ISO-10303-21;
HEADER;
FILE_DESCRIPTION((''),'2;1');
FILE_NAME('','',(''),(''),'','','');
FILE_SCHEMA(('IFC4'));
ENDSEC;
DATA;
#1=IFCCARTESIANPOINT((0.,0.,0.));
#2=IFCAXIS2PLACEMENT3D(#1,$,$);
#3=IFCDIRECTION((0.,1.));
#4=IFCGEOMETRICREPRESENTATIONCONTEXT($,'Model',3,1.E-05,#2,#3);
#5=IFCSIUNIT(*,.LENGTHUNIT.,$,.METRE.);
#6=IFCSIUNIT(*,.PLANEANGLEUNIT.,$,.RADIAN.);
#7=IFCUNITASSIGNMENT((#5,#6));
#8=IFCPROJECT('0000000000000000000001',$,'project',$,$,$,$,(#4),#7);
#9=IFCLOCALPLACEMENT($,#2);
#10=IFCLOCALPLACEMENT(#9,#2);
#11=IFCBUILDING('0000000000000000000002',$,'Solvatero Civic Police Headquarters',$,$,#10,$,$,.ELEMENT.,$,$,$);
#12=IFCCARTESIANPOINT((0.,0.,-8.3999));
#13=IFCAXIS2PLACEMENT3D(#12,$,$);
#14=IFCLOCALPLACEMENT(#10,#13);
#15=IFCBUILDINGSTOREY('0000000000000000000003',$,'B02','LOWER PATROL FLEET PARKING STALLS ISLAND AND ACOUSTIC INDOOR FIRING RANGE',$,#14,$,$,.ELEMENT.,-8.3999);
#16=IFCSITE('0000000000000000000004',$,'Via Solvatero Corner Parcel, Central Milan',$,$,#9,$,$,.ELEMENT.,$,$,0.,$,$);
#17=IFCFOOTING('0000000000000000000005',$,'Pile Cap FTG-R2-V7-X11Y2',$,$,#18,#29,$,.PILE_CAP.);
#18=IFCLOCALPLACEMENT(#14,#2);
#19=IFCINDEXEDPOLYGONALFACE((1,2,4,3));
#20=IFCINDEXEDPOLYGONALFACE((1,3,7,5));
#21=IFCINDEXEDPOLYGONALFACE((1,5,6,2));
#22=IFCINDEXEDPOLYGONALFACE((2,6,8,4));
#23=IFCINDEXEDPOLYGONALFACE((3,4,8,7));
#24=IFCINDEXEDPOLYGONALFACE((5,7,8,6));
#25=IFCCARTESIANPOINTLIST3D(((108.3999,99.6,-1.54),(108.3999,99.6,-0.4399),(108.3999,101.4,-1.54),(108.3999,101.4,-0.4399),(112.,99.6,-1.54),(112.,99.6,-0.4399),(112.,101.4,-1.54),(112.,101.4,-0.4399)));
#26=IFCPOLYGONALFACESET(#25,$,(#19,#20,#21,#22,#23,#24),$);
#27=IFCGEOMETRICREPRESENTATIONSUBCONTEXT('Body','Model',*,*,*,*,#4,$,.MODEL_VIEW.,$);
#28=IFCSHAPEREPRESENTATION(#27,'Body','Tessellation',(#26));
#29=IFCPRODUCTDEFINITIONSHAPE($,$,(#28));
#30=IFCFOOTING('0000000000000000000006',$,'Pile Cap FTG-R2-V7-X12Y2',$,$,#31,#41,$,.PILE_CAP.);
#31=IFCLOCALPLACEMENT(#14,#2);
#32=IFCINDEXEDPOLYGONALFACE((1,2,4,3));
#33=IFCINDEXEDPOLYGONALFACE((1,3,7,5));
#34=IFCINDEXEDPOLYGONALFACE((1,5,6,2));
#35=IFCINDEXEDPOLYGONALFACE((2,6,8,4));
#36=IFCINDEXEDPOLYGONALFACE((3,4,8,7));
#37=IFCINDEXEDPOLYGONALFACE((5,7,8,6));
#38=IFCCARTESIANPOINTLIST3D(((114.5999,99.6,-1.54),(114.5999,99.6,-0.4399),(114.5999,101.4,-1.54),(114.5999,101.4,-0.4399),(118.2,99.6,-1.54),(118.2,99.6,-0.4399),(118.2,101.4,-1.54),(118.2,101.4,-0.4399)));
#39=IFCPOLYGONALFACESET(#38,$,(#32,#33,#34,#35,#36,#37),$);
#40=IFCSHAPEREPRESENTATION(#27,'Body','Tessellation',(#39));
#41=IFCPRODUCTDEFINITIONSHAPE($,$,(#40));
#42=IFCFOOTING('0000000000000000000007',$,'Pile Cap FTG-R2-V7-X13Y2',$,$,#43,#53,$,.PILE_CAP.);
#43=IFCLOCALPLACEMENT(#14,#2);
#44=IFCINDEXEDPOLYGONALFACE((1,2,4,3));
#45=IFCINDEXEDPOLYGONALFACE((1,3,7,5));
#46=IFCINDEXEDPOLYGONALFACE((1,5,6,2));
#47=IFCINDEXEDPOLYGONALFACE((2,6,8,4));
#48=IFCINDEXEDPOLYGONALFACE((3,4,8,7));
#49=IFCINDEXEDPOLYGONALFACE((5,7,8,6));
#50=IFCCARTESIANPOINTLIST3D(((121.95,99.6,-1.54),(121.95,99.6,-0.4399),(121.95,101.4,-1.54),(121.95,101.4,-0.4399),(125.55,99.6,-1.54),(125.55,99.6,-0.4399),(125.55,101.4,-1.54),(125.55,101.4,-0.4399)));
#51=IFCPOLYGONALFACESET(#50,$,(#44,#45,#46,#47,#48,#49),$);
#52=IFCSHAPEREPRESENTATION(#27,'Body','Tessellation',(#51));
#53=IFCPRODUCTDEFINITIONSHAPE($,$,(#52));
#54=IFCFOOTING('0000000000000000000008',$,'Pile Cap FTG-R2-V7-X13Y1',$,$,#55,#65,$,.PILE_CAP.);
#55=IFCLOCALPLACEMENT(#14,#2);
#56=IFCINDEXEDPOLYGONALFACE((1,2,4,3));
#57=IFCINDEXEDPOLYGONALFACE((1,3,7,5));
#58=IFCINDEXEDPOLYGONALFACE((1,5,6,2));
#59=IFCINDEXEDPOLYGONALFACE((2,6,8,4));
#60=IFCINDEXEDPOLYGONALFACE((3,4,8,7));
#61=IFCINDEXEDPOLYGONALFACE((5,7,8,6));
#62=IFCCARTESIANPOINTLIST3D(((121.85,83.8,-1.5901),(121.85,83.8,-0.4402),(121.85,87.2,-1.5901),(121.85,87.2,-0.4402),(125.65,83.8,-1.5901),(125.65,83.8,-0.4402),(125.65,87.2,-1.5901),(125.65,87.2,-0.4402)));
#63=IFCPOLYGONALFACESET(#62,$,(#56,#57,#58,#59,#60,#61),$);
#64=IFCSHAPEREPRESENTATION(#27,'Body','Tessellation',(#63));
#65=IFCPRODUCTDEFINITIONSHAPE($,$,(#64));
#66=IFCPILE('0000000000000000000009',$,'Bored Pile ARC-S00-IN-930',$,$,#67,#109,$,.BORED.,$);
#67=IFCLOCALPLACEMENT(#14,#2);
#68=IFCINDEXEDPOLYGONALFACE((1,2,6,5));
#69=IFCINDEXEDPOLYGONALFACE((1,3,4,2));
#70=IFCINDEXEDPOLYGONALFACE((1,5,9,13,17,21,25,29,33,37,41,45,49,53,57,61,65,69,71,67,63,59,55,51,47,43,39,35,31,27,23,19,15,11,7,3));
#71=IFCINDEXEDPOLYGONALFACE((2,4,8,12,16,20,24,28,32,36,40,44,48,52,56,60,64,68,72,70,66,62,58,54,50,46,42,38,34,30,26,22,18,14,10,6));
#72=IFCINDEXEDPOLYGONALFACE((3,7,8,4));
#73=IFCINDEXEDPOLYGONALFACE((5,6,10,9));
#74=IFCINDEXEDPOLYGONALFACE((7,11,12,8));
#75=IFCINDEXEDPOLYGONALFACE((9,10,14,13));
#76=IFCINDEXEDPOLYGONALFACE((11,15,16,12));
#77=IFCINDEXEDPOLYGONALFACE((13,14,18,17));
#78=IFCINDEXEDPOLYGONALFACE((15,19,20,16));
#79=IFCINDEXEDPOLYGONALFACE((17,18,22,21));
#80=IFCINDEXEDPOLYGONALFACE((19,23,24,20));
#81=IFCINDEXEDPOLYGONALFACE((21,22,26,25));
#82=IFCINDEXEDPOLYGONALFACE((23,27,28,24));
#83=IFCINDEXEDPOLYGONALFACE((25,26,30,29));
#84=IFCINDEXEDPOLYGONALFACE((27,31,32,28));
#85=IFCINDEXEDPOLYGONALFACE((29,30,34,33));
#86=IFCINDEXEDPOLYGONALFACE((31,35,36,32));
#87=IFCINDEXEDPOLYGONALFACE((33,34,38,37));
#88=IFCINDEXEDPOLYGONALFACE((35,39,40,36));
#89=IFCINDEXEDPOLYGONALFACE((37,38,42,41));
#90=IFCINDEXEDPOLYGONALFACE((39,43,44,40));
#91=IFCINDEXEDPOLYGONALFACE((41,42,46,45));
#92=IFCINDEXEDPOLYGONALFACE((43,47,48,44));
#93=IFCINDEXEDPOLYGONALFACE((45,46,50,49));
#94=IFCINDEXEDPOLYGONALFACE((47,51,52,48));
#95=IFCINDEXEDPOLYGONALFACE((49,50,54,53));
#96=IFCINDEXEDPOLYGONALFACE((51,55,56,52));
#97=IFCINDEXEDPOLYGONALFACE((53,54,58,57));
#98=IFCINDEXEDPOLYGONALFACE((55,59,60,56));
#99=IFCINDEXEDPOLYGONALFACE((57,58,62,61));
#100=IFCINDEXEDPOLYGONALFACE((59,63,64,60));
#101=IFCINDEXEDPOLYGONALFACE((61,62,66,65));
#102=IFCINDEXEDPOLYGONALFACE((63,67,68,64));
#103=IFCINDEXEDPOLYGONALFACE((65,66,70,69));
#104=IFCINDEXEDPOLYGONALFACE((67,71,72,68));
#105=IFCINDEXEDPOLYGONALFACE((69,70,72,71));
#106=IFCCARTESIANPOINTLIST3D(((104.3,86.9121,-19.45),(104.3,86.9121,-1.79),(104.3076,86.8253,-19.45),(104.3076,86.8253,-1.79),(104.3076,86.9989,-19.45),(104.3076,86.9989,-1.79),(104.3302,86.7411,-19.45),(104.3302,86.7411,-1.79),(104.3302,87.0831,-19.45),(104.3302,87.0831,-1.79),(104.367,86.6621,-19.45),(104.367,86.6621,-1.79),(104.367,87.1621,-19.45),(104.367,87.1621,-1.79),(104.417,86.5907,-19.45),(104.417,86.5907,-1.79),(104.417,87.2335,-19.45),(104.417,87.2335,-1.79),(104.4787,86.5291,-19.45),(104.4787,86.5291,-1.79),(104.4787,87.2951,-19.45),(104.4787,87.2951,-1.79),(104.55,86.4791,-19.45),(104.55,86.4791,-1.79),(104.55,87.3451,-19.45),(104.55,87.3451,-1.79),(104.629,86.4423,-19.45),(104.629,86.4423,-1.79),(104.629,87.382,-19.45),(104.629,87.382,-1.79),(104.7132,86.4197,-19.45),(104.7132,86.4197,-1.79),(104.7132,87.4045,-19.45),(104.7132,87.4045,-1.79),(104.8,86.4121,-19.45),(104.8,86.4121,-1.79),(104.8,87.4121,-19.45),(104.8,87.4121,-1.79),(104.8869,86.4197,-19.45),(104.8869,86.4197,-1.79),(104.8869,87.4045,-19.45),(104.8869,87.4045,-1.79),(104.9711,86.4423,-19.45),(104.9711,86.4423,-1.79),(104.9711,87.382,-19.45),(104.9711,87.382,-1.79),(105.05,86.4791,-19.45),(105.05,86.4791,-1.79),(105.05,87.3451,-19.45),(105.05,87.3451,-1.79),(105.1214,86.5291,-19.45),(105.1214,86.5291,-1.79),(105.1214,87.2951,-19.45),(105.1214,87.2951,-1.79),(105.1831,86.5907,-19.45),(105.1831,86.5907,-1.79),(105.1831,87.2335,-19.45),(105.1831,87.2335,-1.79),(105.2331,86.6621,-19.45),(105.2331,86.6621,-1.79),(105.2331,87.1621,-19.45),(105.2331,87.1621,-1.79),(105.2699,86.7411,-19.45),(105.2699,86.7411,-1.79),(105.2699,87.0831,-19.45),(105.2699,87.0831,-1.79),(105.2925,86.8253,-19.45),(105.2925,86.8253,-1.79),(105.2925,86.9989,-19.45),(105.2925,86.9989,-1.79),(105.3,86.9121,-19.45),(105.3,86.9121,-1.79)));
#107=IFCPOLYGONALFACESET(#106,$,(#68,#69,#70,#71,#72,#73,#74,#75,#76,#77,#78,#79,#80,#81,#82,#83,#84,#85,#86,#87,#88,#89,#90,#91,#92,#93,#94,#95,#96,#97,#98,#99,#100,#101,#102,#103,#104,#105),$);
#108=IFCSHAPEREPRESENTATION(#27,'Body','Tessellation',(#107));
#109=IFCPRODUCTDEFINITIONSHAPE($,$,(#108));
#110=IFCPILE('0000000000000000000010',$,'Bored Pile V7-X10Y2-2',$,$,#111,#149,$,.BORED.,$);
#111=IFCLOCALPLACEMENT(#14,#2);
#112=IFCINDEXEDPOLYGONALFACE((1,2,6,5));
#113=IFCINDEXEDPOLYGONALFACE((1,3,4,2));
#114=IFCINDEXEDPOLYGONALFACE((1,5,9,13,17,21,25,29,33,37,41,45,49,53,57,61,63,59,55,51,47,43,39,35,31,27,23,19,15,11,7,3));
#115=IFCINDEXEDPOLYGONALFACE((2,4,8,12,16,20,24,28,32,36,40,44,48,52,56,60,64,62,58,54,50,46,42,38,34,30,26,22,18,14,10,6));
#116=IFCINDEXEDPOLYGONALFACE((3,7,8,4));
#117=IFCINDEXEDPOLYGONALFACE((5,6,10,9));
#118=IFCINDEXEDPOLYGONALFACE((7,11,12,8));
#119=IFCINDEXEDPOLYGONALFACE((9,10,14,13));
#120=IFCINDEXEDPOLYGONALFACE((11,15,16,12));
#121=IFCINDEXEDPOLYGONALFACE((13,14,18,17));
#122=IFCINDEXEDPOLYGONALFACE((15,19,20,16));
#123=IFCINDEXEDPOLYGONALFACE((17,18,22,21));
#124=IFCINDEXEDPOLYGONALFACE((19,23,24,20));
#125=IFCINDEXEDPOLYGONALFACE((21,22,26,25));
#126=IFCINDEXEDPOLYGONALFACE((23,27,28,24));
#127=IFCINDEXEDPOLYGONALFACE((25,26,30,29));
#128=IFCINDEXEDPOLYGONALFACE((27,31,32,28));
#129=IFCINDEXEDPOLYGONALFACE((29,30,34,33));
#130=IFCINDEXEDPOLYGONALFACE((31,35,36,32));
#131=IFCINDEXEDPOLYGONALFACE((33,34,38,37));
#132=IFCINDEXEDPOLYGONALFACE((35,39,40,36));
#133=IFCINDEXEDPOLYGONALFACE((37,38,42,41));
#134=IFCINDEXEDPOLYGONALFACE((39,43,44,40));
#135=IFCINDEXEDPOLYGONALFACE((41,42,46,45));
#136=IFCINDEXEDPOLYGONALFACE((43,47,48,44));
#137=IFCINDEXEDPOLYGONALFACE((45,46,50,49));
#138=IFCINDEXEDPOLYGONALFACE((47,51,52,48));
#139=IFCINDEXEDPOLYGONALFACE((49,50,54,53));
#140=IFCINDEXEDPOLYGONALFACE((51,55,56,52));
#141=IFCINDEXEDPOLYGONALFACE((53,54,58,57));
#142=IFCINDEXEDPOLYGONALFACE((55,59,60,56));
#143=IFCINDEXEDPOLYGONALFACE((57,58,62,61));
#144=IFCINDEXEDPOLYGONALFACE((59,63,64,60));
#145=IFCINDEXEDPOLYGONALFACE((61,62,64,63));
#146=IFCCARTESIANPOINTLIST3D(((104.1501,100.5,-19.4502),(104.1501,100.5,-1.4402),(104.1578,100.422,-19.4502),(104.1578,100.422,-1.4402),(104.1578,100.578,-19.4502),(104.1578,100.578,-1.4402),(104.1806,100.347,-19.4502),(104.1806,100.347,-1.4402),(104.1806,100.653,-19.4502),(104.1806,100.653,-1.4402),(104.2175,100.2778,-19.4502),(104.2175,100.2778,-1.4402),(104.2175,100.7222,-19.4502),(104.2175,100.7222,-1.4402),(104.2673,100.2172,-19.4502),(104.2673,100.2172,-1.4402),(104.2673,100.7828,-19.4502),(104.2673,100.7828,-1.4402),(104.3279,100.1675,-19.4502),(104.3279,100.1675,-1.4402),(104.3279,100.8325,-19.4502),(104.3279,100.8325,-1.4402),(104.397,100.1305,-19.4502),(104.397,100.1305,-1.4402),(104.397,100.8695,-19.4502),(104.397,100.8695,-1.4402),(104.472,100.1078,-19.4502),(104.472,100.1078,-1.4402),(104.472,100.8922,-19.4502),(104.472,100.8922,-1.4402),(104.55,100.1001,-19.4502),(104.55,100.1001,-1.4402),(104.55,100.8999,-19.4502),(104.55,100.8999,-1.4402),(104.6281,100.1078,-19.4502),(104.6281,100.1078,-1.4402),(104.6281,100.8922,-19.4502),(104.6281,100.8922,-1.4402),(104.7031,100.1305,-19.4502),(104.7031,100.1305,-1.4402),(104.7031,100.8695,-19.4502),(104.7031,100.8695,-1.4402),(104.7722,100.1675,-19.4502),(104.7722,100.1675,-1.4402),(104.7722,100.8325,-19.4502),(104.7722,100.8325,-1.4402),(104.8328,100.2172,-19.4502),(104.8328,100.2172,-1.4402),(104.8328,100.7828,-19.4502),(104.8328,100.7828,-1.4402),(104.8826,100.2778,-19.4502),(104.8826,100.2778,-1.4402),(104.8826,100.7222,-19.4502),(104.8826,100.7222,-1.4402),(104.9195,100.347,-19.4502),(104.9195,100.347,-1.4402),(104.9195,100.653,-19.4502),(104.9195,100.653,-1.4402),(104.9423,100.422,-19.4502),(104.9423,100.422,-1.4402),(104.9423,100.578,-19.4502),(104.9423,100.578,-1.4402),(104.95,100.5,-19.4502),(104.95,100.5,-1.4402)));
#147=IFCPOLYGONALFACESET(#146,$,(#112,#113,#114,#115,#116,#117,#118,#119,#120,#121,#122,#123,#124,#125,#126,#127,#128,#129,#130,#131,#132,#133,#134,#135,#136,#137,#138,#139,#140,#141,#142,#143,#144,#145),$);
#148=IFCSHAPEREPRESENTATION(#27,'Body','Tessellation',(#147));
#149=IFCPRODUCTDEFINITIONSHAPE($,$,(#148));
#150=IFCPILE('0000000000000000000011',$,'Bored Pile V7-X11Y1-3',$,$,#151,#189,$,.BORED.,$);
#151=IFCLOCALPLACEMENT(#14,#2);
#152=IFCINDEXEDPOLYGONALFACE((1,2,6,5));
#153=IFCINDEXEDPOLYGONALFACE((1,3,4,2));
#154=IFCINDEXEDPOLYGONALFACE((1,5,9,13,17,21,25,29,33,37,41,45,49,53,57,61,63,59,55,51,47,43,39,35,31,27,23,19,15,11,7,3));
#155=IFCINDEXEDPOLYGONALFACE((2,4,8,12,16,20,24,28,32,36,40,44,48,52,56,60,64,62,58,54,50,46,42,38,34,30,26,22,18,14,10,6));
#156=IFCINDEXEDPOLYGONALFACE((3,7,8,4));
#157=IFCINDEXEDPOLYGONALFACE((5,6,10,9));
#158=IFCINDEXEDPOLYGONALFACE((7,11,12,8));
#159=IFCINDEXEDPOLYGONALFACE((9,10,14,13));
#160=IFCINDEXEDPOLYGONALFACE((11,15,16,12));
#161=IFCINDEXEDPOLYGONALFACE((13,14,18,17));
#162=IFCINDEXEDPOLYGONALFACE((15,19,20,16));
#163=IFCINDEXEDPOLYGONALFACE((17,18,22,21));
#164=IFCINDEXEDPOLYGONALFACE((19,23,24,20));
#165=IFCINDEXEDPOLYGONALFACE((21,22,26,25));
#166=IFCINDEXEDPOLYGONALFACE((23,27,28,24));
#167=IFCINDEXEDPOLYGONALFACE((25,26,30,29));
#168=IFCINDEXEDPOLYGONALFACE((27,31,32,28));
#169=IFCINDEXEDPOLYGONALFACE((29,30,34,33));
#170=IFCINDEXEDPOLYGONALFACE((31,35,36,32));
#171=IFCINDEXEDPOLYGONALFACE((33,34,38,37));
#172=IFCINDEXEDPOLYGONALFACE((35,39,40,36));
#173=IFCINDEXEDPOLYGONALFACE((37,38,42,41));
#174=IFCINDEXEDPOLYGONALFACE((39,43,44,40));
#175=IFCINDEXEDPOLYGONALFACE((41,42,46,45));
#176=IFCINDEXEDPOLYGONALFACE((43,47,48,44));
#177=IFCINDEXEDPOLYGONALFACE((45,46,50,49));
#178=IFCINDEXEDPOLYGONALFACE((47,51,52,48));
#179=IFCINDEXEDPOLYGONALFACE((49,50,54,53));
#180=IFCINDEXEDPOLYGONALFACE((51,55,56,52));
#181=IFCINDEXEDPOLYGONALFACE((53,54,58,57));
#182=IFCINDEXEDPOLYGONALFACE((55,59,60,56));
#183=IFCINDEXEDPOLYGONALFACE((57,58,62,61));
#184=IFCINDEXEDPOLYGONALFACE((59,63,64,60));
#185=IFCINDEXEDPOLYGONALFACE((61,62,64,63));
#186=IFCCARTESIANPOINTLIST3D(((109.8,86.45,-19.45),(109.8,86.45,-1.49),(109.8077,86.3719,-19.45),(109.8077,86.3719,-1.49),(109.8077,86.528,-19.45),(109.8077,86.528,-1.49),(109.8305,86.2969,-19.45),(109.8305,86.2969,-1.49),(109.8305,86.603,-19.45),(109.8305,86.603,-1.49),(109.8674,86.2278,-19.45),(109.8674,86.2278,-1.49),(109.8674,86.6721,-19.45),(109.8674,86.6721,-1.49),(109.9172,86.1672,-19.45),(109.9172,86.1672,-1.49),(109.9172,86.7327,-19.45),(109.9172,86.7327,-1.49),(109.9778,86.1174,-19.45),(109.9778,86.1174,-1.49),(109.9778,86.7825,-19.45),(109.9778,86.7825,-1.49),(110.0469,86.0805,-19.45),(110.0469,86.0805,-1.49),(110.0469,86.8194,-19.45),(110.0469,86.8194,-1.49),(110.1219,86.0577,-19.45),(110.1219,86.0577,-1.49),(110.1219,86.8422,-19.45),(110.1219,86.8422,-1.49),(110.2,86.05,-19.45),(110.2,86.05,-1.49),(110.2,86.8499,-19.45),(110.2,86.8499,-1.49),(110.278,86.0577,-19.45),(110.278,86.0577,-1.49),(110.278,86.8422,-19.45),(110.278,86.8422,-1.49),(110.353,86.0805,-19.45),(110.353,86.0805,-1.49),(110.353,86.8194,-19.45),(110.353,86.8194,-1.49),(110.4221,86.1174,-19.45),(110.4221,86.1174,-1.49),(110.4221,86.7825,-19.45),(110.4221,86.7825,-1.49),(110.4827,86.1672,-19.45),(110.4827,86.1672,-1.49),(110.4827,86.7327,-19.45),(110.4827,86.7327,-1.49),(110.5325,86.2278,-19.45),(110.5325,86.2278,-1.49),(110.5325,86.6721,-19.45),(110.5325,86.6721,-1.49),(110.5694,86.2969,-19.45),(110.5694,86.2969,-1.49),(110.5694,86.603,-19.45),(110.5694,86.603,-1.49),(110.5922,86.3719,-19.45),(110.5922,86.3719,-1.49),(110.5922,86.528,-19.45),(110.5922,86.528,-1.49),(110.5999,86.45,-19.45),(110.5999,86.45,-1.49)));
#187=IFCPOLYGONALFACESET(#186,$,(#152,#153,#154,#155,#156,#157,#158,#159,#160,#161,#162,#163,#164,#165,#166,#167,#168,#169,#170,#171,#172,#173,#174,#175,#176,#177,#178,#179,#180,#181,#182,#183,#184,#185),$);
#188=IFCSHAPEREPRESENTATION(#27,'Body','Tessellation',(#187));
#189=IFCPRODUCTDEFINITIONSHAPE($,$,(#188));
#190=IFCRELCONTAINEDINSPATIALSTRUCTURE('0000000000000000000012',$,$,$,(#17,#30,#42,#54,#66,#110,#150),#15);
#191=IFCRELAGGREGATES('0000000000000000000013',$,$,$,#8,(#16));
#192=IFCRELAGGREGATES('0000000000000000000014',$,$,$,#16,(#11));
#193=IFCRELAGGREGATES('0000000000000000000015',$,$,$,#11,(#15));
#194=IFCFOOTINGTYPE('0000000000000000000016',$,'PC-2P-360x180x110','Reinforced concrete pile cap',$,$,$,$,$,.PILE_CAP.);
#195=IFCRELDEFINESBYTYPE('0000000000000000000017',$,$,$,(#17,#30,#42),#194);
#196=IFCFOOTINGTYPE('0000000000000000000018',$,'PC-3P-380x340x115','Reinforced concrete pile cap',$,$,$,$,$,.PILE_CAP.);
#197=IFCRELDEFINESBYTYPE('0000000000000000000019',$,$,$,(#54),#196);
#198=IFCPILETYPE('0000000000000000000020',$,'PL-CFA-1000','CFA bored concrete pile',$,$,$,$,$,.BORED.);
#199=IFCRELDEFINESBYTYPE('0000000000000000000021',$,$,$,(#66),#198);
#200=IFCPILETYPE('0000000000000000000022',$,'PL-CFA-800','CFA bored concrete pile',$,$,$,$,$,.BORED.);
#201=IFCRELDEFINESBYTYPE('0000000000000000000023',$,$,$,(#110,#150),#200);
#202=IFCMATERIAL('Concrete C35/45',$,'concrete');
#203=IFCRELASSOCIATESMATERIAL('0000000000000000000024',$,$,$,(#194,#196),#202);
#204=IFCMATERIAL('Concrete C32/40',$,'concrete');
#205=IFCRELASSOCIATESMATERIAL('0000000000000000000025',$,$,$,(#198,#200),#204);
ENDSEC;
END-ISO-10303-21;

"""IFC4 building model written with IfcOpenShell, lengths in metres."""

from ifc_helpers import new_model, si_unit, direction, frame, origin, origin_2d, place, context, subcontext, project, spatial, rectangle, circle, extrude, material, material_profile, profile_set, type_object, element, save


model = new_model("IFC4")

# Units and contexts
model_context = context("Model", 3, precision=1e-05, world=origin(), true_north=direction((0.0, 1.0)))
body_context = subcontext(model_context, "Body", "Model", "MODEL_VIEW")
ifc_project = project(units=[si_unit("LENGTHUNIT", "METRE"), si_unit("PLANEANGLEUNIT", "RADIAN")], contexts=[model_context])

# Site, building, storey
site_placement = place(None, origin())
site = spatial("IfcSite", under=ifc_project, at=site_placement, Name="Via Solvatero Corner Parcel, Central Milan", CompositionType="ELEMENT", RefElevation=0.0)
building_placement = place(site_placement, origin())
building = spatial("IfcBuilding", under=site, at=building_placement, Name="Solvatero Civic Police Headquarters", CompositionType="ELEMENT")
storey_placement = place(building_placement, frame((0.0, 0.0, -8.3999)))
storey = spatial("IfcBuildingStorey", under=building, at=storey_placement, Name="B02", Description="LOWER PATROL FLEET PARKING STALLS ISLAND AND ACOUSTIC INDOOR FIRING RANGE", CompositionType="ELEMENT", Elevation=-8.3999)

# Footings
ifc_material_1 = material(Name="Concrete C35/45", Category="concrete")
footing_type_1 = type_object("IfcFootingType", Name="PC-2P-360x180x110", Description="Reinforced concrete pile cap", PredefinedType="PILE_CAP", material=ifc_material_1)
for number, where, z_axis, x_axis, name in (
    (1, (110.2, 100.5, -1.54), (0.0, 0.0, 1.0), (1.0, 0.0, 0.0), "Pile Cap FTG-R2-V7-X11Y2"),
    (2, (116.3999, 100.5, -1.54), (0.0, 0.0, 1.0), (1.0, 0.0, 0.0), "Pile Cap FTG-R2-V7-X12Y2"),
    (3, (123.75, 100.5, -1.54), (0.0, 0.0, 1.0), (1.0, 0.0, 0.0), "Pile Cap FTG-R2-V7-X13Y2"),
):
    element("IfcFooting", number, at=place(storey_placement, frame(where, z_axis=z_axis, x_axis=x_axis)), inside=storey, type_object=footing_type_1, Name=name, PredefinedType="PILE_CAP", context=body_context, shape_type="SweptSolid", body=[
        extrude(rectangle(XDim=3.6001, YDim=1.8, at=origin_2d()), origin(), (0.0, 0.0, 1.0), 1.1001),
    ])
footing_type_2 = type_object("IfcFootingType", Name="PC-3P-380x340x115", Description="Reinforced concrete pile cap", PredefinedType="PILE_CAP", material=ifc_material_1)
footing_placement = place(storey_placement, frame((123.75, 85.5, -1.5901), z_axis=(0.0, 0.0, 1.0), x_axis=(1.0, 0.0, 0.0)))
element("IfcFooting", 4, at=footing_placement, inside=storey, type_object=footing_type_2, Name="Pile Cap FTG-R2-V7-X13Y1", PredefinedType="PILE_CAP", context=body_context, shape_type="SweptSolid", body=[
    extrude(rectangle(XDim=3.8, YDim=3.3999, at=origin_2d()), origin(), (0.0, 0.0, 1.0), 1.1499),
])

# Piles
ifc_material_2 = material(Name="Concrete C32/40", Category="concrete")
ifc_material_profile_1 = material_profile(ifc_material_2, circle(Radius=0.5, at=origin_2d()), Name="CFA PILE D1000")
ifc_profile_set_1 = profile_set([ifc_material_profile_1], Name="Concrete C32/40")
pile_type_1 = type_object("IfcPileType", Name="PL-CFA-1000", Description="CFA bored concrete pile", PredefinedType="BORED", material=ifc_profile_set_1)
pile_1_placement = place(storey_placement, frame((104.8, 86.9121, -1.79), z_axis=(0.0, 0.0, -1.0), x_axis=(1.0, 0.0, 0.0)))
element("IfcPile", 5, at=pile_1_placement, inside=storey, type_object=pile_type_1, Name="Bored Pile ARC-S00-IN-930", PredefinedType="BORED", context=body_context, shape_type="SweptSolid", body=[
    extrude(circle(Radius=0.5, at=origin_2d()), origin(), (0.0, 0.0, 1.0), 17.6599),
])
ifc_material_profile_2 = material_profile(ifc_material_2, circle(Radius=0.3999, at=origin_2d()), Name="CFA PILE D800")
ifc_profile_set_2 = profile_set([ifc_material_profile_2], Name="Concrete C32/40")
pile_type_2 = type_object("IfcPileType", Name="PL-CFA-800", Description="CFA bored concrete pile", PredefinedType="BORED", material=ifc_profile_set_2)
pile_2_placement = place(storey_placement, frame((104.55, 100.5, -1.4402), z_axis=(0.0, 0.0, -1.0), x_axis=(1.0, 0.0, 0.0)))
element("IfcPile", 6, at=pile_2_placement, inside=storey, type_object=pile_type_2, Name="Bored Pile V7-X10Y2-2", PredefinedType="BORED", context=body_context, shape_type="SweptSolid", body=[
    extrude(circle(Radius=0.3999, at=origin_2d()), origin(), (0.0, 0.0, 1.0), 18.01),
])
pile_3_placement = place(storey_placement, frame((110.2, 86.45, -1.49), z_axis=(0.0, 0.0, -1.0), x_axis=(1.0, 0.0, 0.0)))
element("IfcPile", 7, at=pile_3_placement, inside=storey, type_object=pile_type_2, Name="Bored Pile V7-X11Y1-3", PredefinedType="BORED", context=body_context, shape_type="SweptSolid", body=[
    extrude(circle(Radius=0.3999, at=origin_2d()), origin(), (0.0, 0.0, 1.0), 17.96),
])

save(model, "model.ifc")
